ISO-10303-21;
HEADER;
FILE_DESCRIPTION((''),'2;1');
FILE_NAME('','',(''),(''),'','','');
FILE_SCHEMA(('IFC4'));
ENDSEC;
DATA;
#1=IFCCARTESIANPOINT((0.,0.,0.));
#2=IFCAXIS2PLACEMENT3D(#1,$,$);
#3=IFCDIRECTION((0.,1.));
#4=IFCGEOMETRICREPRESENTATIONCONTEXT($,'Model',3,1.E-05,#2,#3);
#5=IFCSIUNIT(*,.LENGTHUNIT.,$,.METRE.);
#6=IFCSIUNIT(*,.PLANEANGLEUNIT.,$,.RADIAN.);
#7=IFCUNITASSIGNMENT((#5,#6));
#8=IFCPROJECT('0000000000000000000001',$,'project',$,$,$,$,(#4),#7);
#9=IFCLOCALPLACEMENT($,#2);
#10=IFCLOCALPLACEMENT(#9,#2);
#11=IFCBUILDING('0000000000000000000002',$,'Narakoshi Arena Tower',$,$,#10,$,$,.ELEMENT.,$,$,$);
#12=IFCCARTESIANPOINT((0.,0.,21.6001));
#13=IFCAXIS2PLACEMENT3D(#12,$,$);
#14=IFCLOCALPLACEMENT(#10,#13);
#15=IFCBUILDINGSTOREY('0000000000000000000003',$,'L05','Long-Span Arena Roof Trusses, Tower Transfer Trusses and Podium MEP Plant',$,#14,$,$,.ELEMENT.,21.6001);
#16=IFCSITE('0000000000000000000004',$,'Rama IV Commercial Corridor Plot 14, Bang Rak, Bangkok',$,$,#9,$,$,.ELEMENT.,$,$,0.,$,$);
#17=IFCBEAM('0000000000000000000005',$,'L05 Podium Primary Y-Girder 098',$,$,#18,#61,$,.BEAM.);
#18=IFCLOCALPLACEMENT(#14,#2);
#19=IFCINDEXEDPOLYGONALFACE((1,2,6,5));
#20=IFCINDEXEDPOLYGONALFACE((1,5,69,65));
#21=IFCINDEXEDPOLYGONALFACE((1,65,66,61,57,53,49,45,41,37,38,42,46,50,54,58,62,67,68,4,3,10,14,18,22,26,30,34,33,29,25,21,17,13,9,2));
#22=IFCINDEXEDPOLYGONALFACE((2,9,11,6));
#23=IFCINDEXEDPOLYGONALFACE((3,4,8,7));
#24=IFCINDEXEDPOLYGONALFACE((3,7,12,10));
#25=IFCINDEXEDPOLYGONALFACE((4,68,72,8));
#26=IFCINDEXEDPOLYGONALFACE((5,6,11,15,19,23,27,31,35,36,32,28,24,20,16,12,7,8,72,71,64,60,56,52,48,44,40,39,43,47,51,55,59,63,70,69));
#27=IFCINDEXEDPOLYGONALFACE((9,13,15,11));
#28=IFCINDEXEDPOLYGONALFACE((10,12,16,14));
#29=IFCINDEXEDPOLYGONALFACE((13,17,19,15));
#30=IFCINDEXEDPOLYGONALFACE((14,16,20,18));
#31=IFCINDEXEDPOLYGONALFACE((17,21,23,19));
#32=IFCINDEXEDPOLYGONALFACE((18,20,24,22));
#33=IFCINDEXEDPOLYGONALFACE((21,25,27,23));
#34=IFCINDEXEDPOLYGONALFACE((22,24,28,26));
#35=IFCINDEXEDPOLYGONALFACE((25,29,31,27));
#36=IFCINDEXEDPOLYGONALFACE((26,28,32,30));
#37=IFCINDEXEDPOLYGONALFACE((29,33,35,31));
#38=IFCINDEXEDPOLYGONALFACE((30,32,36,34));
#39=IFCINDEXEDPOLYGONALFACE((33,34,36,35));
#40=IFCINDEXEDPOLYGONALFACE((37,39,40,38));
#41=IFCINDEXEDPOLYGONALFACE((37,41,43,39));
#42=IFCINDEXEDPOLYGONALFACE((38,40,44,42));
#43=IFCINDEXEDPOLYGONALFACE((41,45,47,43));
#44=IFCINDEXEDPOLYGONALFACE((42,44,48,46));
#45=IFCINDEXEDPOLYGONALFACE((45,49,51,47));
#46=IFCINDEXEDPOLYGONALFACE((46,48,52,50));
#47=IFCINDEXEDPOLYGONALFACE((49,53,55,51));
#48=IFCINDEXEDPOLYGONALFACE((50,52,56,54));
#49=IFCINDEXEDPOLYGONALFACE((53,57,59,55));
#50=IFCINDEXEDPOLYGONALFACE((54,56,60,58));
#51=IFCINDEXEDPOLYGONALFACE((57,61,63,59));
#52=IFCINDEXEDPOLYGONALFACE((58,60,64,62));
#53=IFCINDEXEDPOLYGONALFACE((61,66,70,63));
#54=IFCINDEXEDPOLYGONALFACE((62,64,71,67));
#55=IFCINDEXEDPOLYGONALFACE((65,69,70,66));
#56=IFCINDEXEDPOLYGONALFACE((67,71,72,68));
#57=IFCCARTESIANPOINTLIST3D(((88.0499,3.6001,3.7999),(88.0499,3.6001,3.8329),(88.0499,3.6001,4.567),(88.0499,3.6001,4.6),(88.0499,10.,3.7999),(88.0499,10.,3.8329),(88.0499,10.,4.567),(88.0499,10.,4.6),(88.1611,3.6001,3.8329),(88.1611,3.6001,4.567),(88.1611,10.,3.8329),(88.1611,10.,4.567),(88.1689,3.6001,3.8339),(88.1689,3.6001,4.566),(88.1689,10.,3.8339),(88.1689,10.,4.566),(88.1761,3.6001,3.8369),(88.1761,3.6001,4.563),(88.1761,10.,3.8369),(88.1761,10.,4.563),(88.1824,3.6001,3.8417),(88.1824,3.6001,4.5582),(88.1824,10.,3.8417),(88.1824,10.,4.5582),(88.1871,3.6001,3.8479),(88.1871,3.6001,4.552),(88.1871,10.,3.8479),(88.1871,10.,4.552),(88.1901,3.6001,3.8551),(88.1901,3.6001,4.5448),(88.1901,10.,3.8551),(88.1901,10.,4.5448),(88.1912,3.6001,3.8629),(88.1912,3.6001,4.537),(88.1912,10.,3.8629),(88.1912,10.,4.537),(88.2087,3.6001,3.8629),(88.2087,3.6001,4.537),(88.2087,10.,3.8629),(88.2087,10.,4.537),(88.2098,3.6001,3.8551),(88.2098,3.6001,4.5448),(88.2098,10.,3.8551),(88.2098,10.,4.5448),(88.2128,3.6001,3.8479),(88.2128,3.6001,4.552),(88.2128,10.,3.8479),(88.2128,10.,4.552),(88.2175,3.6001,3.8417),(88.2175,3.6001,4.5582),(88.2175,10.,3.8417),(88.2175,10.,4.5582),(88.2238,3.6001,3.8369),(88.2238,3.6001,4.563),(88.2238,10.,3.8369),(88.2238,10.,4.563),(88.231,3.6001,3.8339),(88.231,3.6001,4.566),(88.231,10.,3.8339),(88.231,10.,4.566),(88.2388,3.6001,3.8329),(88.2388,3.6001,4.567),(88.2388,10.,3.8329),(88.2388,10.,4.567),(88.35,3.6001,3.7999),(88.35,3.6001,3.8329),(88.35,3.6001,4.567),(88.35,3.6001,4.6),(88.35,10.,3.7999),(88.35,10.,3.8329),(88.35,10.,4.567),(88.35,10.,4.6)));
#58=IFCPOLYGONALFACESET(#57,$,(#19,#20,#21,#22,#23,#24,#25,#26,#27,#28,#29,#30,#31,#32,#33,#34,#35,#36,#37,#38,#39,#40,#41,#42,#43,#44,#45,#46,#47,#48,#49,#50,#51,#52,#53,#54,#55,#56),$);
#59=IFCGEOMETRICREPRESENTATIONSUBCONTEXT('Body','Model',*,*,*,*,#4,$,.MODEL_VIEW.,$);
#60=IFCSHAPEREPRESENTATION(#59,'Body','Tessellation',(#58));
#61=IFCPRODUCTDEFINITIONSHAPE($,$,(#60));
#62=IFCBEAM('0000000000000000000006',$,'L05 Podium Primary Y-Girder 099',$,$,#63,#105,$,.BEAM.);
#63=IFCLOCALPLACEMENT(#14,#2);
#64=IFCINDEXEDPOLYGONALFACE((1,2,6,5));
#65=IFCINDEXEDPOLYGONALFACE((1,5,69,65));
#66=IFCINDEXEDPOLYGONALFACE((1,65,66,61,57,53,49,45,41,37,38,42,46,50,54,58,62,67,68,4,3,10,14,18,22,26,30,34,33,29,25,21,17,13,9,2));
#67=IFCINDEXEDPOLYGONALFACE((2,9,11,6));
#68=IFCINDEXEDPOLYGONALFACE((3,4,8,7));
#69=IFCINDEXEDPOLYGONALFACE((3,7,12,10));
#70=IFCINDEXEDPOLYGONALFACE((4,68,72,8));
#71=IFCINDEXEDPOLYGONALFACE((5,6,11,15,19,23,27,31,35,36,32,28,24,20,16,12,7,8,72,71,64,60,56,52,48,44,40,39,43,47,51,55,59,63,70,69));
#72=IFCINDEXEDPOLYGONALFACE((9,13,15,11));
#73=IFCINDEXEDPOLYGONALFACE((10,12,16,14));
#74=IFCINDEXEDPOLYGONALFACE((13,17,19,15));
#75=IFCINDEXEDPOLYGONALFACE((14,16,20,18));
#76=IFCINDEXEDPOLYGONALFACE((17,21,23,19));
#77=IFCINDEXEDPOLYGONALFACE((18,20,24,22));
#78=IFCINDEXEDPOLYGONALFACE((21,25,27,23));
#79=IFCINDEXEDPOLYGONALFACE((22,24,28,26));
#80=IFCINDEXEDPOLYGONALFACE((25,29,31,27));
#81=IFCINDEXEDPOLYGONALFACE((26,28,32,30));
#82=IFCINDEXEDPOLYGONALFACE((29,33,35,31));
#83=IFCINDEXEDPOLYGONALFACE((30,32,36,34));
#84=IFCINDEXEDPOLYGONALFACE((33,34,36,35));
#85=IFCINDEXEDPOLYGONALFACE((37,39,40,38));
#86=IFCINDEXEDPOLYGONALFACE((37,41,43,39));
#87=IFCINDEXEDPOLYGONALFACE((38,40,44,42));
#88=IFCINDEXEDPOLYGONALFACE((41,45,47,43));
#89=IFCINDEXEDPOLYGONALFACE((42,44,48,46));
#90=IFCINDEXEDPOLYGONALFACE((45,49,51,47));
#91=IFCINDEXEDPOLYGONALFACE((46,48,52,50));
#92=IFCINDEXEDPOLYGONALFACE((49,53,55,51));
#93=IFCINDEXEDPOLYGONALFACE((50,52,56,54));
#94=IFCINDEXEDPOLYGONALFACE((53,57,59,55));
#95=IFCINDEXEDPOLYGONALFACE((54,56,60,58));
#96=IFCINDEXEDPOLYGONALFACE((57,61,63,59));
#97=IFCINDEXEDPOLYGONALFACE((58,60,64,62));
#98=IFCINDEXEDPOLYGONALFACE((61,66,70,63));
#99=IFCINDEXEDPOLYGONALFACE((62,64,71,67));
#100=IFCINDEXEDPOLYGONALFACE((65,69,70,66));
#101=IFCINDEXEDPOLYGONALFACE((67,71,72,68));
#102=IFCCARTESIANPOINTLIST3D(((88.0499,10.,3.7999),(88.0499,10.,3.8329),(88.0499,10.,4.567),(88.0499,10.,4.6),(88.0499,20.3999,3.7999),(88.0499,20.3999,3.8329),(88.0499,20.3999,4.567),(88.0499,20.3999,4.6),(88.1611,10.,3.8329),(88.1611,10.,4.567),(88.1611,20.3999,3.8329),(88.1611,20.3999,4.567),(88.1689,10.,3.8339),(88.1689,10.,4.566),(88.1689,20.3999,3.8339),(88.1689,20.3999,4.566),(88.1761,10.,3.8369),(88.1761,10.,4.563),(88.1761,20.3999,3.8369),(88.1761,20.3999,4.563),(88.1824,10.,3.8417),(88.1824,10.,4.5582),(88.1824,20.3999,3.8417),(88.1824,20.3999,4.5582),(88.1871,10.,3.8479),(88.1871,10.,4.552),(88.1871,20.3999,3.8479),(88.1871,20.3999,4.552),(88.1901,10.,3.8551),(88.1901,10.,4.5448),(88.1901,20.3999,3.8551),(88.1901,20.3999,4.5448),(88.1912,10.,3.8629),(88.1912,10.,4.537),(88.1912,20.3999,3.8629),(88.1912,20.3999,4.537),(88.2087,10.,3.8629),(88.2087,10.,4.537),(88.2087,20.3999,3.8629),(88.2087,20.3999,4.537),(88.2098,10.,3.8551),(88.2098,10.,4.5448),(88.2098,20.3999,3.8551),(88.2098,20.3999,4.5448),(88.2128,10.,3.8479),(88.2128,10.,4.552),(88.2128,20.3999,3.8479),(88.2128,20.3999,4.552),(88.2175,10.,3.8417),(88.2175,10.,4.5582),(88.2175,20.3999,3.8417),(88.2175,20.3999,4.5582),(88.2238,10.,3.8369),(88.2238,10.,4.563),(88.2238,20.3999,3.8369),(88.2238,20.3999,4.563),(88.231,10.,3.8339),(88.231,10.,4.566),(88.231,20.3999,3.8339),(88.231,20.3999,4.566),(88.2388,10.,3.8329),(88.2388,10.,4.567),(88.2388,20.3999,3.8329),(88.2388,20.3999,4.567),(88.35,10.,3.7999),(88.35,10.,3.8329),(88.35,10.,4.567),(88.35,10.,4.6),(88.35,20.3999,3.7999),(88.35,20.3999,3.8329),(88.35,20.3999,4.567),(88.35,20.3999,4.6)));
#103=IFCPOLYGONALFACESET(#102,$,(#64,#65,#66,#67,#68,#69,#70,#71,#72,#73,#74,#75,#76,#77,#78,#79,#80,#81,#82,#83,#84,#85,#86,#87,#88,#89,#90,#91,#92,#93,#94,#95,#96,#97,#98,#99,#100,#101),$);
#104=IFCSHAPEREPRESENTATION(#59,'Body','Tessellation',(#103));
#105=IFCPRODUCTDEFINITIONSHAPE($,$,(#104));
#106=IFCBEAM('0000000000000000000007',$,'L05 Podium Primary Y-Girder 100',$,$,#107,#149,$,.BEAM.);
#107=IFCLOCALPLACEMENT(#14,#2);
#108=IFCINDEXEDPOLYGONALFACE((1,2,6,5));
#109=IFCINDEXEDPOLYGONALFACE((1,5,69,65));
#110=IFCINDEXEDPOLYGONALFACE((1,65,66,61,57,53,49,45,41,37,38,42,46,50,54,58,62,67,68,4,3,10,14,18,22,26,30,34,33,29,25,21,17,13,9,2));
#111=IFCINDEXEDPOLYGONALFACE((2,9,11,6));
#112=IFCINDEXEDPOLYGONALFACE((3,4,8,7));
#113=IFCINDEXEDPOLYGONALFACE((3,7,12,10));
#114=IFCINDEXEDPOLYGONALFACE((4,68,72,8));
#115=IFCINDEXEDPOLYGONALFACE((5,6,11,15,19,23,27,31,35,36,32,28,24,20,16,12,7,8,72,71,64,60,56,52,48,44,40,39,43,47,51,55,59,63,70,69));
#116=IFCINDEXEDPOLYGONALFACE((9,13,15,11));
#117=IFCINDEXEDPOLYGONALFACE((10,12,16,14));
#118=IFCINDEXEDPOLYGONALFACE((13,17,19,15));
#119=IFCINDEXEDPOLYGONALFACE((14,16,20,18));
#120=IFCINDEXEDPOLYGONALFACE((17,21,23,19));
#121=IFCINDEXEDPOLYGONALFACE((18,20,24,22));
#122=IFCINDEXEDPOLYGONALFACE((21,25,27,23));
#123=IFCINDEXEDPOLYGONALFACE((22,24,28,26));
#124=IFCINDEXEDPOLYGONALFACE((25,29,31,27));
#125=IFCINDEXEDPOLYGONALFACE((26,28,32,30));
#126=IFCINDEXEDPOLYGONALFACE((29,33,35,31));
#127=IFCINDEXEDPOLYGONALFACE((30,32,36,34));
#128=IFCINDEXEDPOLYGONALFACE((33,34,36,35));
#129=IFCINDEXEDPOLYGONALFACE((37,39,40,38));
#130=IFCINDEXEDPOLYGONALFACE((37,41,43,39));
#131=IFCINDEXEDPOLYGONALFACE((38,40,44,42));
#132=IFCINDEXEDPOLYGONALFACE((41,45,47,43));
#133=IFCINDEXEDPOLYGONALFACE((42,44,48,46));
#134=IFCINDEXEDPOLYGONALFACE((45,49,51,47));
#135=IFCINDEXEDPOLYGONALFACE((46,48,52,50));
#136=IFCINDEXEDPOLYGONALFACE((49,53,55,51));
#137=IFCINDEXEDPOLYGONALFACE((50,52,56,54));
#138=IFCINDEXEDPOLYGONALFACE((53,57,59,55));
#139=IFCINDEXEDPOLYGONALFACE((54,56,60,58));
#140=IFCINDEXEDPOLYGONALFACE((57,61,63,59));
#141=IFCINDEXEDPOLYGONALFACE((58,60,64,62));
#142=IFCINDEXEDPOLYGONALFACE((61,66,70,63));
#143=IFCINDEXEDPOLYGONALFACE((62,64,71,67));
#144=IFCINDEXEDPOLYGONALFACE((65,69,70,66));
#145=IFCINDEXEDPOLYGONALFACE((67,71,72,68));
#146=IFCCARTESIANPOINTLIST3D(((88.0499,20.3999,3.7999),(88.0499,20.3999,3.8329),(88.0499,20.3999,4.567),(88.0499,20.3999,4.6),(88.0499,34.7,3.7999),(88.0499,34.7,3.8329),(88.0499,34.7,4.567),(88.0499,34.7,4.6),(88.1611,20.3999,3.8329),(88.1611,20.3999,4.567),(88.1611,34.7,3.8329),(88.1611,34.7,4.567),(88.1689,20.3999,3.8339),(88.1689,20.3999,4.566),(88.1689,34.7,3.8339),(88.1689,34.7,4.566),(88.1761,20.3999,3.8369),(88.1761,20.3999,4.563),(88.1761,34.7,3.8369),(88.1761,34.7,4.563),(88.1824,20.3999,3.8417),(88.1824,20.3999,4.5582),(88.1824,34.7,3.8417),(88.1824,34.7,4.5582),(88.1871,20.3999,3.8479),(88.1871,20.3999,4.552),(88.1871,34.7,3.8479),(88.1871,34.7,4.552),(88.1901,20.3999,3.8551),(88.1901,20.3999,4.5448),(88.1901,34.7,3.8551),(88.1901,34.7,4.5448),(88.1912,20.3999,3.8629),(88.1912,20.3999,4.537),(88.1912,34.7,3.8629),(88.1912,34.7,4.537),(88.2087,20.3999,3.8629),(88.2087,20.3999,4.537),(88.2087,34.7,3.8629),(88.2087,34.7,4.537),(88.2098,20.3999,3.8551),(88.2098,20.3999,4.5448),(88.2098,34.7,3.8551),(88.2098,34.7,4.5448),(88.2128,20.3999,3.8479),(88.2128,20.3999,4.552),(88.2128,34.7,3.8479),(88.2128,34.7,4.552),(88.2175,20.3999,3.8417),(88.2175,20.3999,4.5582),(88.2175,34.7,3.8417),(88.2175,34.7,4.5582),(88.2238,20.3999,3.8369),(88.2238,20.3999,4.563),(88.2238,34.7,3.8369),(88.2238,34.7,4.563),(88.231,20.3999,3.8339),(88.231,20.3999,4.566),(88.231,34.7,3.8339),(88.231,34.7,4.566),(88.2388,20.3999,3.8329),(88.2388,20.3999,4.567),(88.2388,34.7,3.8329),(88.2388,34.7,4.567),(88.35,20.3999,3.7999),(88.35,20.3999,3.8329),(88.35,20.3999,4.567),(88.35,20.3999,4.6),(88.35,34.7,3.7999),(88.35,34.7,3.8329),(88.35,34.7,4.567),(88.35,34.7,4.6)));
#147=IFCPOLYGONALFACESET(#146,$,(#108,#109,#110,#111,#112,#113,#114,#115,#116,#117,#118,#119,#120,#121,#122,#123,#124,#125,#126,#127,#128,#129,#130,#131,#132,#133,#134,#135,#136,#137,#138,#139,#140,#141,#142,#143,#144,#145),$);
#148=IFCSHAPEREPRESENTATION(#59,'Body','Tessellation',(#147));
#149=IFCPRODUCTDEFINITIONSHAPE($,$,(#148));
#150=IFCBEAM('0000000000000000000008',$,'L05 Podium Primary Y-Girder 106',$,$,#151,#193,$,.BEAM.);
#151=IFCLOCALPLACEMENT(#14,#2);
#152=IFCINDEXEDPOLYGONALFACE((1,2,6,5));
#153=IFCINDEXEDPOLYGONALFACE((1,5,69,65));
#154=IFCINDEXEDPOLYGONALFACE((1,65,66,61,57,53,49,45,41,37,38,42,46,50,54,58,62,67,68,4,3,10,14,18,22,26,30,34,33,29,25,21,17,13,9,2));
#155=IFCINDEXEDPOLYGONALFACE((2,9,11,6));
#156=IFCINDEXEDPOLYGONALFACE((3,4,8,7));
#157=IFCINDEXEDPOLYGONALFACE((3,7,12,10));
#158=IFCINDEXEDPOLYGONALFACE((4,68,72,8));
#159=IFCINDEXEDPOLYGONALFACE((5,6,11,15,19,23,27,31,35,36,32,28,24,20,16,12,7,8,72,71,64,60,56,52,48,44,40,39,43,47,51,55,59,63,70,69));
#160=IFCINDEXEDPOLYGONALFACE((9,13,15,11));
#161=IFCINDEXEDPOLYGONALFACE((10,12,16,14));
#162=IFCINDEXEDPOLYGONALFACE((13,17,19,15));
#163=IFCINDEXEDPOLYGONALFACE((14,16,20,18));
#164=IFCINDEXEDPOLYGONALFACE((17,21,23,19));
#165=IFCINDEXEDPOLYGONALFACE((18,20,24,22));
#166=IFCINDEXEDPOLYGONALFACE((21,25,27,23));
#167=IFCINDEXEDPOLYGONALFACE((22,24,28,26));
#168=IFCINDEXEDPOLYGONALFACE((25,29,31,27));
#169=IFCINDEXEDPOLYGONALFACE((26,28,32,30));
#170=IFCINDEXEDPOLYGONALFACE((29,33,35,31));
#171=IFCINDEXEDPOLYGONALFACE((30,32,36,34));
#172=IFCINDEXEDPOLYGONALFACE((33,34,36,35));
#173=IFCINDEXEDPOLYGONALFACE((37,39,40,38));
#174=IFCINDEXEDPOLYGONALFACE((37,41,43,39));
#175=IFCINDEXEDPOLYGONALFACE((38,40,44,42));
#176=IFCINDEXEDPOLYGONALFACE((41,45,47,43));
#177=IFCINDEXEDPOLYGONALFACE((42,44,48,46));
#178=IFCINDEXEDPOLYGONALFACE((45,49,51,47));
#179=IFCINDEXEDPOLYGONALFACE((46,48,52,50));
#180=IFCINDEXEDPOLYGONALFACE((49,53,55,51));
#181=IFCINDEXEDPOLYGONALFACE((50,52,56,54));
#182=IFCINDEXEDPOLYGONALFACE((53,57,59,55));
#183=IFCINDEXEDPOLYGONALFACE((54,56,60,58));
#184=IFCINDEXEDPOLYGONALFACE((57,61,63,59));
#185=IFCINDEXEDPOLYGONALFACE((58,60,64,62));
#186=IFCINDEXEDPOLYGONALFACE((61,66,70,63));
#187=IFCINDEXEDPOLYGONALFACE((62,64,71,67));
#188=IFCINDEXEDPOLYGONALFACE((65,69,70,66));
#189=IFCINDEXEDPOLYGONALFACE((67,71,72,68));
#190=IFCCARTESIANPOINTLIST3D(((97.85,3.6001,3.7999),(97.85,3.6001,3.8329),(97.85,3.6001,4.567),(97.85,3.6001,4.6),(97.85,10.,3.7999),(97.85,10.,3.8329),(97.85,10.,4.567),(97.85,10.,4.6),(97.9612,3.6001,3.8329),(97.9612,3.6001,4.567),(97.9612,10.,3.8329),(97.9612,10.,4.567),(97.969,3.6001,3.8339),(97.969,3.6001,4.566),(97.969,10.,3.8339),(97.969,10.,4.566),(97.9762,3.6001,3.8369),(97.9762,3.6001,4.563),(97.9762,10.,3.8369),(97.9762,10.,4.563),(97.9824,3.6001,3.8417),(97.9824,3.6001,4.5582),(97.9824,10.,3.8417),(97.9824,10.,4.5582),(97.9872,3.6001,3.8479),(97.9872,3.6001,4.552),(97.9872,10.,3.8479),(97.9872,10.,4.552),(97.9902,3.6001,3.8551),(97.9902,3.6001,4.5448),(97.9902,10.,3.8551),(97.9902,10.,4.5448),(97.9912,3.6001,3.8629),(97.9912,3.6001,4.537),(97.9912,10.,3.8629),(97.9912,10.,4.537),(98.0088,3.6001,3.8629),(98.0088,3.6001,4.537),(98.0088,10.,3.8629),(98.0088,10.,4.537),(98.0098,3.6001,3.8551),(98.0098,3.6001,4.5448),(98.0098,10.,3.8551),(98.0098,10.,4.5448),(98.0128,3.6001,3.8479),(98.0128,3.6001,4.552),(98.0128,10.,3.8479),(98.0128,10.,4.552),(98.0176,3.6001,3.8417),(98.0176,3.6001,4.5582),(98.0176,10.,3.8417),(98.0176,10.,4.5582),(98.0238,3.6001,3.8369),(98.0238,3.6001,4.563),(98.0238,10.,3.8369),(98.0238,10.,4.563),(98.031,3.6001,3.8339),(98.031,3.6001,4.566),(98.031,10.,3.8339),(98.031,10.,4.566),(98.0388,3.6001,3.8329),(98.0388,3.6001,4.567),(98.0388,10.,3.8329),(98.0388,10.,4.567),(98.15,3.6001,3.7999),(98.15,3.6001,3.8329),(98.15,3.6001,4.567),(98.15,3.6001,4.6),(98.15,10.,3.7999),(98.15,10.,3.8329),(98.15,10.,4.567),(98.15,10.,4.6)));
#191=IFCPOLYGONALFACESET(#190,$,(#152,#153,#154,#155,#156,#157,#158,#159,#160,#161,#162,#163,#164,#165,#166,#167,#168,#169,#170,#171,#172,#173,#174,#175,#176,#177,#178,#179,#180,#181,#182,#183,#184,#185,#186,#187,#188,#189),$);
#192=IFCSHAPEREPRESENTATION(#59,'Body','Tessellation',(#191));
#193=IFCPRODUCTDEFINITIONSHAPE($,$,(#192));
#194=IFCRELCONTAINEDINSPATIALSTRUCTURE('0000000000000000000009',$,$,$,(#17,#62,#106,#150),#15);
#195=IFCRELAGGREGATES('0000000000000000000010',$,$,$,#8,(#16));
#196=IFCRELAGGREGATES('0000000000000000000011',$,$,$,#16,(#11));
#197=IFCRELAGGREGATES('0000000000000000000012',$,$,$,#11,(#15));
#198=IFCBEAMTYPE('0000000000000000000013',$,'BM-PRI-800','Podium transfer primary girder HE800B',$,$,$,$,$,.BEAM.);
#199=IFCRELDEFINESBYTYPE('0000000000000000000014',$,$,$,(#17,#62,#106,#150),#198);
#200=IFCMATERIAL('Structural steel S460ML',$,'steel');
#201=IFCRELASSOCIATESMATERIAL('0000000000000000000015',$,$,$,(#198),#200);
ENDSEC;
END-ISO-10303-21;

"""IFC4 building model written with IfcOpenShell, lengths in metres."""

from ifc_helpers import new_model, si_unit, direction, frame, origin, origin_2d, place, context, subcontext, project, spatial, i_section, extrude, material, material_profile, profile_set, type_object, element, save


model = new_model("IFC4")

# Units and contexts
model_context = context("Model", 3, precision=1e-05, world=origin(), true_north=direction((0.0, 1.0)))
body_context = subcontext(model_context, "Body", "Model", "MODEL_VIEW")
ifc_project = project(units=[si_unit("LENGTHUNIT", "METRE"), si_unit("PLANEANGLEUNIT", "RADIAN")], contexts=[model_context])

# Site, building, storey
site_placement = place(None, origin())
site = spatial("IfcSite", under=ifc_project, at=site_placement, Name="Rama IV Commercial Corridor Plot 14, Bang Rak, Bangkok", CompositionType="ELEMENT", RefElevation=0.0)
building_placement = place(site_placement, origin())
building = spatial("IfcBuilding", under=site, at=building_placement, Name="Narakoshi Arena Tower", CompositionType="ELEMENT")
storey_placement = place(building_placement, frame((0.0, 0.0, 21.6001)))
storey = spatial("IfcBuildingStorey", under=building, at=storey_placement, Name="L05", Description="Long-Span Arena Roof Trusses, Tower Transfer Trusses and Podium MEP Plant", CompositionType="ELEMENT", Elevation=21.6001)

# Beams
ifc_material_1 = material(Name="Structural steel S460ML", Category="steel")
ifc_material_profile_1 = material_profile(ifc_material_1, i_section(OverallWidth=0.3, OverallDepth=0.8, WebThickness=0.0176, FlangeThickness=0.033, FilletRadius=0.03, at=origin_2d()), Name="HE800B")
ifc_profile_set_1 = profile_set([ifc_material_profile_1], Name="Structural steel S460ML")
beam_type_1 = type_object("IfcBeamType", Name="BM-PRI-800", Description="Podium transfer primary girder HE800B", PredefinedType="BEAM", material=ifc_profile_set_1)
beam_1_placement = place(storey_placement, frame((88.2, 3.6001, 4.2), z_axis=(0.0, 1.0, 0.0), x_axis=(-1.0, 0.0, 0.0)))
element("IfcBeam", 1, at=beam_1_placement, inside=storey, type_object=beam_type_1, Name="L05 Podium Primary Y-Girder 098", PredefinedType="BEAM", context=body_context, shape_type="SweptSolid", body=[
    extrude(i_section(OverallWidth=0.3, OverallDepth=0.8, WebThickness=0.0176, FlangeThickness=0.033, FilletRadius=0.03, at=origin_2d()), origin(), (0.0, 0.0, 1.0), 6.3999),
])
beam_2_placement = place(storey_placement, frame((88.2, 10.0, 4.2), z_axis=(0.0, 1.0, 0.0), x_axis=(-1.0, 0.0, 0.0)))
element("IfcBeam", 2, at=beam_2_placement, inside=storey, type_object=beam_type_1, Name="L05 Podium Primary Y-Girder 099", PredefinedType="BEAM", context=body_context, shape_type="SweptSolid", body=[
    extrude(i_section(OverallWidth=0.3, OverallDepth=0.8, WebThickness=0.0176, FlangeThickness=0.033, FilletRadius=0.03, at=origin_2d()), origin(), (0.0, 0.0, 1.0), 10.3999),
])
beam_3_placement = place(storey_placement, frame((88.2, 20.3999, 4.2), z_axis=(0.0, 1.0, 0.0), x_axis=(-1.0, 0.0, 0.0)))
element("IfcBeam", 3, at=beam_3_placement, inside=storey, type_object=beam_type_1, Name="L05 Podium Primary Y-Girder 100", PredefinedType="BEAM", context=body_context, shape_type="SweptSolid", body=[
    extrude(i_section(OverallWidth=0.3, OverallDepth=0.8, WebThickness=0.0176, FlangeThickness=0.033, FilletRadius=0.03, at=origin_2d()), origin(), (0.0, 0.0, 1.0), 14.3),
])
beam_4_placement = place(storey_placement, frame((98.0, 3.6001, 4.2), z_axis=(0.0, 1.0, 0.0), x_axis=(-1.0, 0.0, 0.0)))
element("IfcBeam", 4, at=beam_4_placement, inside=storey, type_object=beam_type_1, Name="L05 Podium Primary Y-Girder 106", PredefinedType="BEAM", context=body_context, shape_type="SweptSolid", body=[
    extrude(i_section(OverallWidth=0.3, OverallDepth=0.8, WebThickness=0.0176, FlangeThickness=0.033, FilletRadius=0.03, at=origin_2d()), origin(), (0.0, 0.0, 1.0), 6.3999),
])

save(model, "model.ifc")
